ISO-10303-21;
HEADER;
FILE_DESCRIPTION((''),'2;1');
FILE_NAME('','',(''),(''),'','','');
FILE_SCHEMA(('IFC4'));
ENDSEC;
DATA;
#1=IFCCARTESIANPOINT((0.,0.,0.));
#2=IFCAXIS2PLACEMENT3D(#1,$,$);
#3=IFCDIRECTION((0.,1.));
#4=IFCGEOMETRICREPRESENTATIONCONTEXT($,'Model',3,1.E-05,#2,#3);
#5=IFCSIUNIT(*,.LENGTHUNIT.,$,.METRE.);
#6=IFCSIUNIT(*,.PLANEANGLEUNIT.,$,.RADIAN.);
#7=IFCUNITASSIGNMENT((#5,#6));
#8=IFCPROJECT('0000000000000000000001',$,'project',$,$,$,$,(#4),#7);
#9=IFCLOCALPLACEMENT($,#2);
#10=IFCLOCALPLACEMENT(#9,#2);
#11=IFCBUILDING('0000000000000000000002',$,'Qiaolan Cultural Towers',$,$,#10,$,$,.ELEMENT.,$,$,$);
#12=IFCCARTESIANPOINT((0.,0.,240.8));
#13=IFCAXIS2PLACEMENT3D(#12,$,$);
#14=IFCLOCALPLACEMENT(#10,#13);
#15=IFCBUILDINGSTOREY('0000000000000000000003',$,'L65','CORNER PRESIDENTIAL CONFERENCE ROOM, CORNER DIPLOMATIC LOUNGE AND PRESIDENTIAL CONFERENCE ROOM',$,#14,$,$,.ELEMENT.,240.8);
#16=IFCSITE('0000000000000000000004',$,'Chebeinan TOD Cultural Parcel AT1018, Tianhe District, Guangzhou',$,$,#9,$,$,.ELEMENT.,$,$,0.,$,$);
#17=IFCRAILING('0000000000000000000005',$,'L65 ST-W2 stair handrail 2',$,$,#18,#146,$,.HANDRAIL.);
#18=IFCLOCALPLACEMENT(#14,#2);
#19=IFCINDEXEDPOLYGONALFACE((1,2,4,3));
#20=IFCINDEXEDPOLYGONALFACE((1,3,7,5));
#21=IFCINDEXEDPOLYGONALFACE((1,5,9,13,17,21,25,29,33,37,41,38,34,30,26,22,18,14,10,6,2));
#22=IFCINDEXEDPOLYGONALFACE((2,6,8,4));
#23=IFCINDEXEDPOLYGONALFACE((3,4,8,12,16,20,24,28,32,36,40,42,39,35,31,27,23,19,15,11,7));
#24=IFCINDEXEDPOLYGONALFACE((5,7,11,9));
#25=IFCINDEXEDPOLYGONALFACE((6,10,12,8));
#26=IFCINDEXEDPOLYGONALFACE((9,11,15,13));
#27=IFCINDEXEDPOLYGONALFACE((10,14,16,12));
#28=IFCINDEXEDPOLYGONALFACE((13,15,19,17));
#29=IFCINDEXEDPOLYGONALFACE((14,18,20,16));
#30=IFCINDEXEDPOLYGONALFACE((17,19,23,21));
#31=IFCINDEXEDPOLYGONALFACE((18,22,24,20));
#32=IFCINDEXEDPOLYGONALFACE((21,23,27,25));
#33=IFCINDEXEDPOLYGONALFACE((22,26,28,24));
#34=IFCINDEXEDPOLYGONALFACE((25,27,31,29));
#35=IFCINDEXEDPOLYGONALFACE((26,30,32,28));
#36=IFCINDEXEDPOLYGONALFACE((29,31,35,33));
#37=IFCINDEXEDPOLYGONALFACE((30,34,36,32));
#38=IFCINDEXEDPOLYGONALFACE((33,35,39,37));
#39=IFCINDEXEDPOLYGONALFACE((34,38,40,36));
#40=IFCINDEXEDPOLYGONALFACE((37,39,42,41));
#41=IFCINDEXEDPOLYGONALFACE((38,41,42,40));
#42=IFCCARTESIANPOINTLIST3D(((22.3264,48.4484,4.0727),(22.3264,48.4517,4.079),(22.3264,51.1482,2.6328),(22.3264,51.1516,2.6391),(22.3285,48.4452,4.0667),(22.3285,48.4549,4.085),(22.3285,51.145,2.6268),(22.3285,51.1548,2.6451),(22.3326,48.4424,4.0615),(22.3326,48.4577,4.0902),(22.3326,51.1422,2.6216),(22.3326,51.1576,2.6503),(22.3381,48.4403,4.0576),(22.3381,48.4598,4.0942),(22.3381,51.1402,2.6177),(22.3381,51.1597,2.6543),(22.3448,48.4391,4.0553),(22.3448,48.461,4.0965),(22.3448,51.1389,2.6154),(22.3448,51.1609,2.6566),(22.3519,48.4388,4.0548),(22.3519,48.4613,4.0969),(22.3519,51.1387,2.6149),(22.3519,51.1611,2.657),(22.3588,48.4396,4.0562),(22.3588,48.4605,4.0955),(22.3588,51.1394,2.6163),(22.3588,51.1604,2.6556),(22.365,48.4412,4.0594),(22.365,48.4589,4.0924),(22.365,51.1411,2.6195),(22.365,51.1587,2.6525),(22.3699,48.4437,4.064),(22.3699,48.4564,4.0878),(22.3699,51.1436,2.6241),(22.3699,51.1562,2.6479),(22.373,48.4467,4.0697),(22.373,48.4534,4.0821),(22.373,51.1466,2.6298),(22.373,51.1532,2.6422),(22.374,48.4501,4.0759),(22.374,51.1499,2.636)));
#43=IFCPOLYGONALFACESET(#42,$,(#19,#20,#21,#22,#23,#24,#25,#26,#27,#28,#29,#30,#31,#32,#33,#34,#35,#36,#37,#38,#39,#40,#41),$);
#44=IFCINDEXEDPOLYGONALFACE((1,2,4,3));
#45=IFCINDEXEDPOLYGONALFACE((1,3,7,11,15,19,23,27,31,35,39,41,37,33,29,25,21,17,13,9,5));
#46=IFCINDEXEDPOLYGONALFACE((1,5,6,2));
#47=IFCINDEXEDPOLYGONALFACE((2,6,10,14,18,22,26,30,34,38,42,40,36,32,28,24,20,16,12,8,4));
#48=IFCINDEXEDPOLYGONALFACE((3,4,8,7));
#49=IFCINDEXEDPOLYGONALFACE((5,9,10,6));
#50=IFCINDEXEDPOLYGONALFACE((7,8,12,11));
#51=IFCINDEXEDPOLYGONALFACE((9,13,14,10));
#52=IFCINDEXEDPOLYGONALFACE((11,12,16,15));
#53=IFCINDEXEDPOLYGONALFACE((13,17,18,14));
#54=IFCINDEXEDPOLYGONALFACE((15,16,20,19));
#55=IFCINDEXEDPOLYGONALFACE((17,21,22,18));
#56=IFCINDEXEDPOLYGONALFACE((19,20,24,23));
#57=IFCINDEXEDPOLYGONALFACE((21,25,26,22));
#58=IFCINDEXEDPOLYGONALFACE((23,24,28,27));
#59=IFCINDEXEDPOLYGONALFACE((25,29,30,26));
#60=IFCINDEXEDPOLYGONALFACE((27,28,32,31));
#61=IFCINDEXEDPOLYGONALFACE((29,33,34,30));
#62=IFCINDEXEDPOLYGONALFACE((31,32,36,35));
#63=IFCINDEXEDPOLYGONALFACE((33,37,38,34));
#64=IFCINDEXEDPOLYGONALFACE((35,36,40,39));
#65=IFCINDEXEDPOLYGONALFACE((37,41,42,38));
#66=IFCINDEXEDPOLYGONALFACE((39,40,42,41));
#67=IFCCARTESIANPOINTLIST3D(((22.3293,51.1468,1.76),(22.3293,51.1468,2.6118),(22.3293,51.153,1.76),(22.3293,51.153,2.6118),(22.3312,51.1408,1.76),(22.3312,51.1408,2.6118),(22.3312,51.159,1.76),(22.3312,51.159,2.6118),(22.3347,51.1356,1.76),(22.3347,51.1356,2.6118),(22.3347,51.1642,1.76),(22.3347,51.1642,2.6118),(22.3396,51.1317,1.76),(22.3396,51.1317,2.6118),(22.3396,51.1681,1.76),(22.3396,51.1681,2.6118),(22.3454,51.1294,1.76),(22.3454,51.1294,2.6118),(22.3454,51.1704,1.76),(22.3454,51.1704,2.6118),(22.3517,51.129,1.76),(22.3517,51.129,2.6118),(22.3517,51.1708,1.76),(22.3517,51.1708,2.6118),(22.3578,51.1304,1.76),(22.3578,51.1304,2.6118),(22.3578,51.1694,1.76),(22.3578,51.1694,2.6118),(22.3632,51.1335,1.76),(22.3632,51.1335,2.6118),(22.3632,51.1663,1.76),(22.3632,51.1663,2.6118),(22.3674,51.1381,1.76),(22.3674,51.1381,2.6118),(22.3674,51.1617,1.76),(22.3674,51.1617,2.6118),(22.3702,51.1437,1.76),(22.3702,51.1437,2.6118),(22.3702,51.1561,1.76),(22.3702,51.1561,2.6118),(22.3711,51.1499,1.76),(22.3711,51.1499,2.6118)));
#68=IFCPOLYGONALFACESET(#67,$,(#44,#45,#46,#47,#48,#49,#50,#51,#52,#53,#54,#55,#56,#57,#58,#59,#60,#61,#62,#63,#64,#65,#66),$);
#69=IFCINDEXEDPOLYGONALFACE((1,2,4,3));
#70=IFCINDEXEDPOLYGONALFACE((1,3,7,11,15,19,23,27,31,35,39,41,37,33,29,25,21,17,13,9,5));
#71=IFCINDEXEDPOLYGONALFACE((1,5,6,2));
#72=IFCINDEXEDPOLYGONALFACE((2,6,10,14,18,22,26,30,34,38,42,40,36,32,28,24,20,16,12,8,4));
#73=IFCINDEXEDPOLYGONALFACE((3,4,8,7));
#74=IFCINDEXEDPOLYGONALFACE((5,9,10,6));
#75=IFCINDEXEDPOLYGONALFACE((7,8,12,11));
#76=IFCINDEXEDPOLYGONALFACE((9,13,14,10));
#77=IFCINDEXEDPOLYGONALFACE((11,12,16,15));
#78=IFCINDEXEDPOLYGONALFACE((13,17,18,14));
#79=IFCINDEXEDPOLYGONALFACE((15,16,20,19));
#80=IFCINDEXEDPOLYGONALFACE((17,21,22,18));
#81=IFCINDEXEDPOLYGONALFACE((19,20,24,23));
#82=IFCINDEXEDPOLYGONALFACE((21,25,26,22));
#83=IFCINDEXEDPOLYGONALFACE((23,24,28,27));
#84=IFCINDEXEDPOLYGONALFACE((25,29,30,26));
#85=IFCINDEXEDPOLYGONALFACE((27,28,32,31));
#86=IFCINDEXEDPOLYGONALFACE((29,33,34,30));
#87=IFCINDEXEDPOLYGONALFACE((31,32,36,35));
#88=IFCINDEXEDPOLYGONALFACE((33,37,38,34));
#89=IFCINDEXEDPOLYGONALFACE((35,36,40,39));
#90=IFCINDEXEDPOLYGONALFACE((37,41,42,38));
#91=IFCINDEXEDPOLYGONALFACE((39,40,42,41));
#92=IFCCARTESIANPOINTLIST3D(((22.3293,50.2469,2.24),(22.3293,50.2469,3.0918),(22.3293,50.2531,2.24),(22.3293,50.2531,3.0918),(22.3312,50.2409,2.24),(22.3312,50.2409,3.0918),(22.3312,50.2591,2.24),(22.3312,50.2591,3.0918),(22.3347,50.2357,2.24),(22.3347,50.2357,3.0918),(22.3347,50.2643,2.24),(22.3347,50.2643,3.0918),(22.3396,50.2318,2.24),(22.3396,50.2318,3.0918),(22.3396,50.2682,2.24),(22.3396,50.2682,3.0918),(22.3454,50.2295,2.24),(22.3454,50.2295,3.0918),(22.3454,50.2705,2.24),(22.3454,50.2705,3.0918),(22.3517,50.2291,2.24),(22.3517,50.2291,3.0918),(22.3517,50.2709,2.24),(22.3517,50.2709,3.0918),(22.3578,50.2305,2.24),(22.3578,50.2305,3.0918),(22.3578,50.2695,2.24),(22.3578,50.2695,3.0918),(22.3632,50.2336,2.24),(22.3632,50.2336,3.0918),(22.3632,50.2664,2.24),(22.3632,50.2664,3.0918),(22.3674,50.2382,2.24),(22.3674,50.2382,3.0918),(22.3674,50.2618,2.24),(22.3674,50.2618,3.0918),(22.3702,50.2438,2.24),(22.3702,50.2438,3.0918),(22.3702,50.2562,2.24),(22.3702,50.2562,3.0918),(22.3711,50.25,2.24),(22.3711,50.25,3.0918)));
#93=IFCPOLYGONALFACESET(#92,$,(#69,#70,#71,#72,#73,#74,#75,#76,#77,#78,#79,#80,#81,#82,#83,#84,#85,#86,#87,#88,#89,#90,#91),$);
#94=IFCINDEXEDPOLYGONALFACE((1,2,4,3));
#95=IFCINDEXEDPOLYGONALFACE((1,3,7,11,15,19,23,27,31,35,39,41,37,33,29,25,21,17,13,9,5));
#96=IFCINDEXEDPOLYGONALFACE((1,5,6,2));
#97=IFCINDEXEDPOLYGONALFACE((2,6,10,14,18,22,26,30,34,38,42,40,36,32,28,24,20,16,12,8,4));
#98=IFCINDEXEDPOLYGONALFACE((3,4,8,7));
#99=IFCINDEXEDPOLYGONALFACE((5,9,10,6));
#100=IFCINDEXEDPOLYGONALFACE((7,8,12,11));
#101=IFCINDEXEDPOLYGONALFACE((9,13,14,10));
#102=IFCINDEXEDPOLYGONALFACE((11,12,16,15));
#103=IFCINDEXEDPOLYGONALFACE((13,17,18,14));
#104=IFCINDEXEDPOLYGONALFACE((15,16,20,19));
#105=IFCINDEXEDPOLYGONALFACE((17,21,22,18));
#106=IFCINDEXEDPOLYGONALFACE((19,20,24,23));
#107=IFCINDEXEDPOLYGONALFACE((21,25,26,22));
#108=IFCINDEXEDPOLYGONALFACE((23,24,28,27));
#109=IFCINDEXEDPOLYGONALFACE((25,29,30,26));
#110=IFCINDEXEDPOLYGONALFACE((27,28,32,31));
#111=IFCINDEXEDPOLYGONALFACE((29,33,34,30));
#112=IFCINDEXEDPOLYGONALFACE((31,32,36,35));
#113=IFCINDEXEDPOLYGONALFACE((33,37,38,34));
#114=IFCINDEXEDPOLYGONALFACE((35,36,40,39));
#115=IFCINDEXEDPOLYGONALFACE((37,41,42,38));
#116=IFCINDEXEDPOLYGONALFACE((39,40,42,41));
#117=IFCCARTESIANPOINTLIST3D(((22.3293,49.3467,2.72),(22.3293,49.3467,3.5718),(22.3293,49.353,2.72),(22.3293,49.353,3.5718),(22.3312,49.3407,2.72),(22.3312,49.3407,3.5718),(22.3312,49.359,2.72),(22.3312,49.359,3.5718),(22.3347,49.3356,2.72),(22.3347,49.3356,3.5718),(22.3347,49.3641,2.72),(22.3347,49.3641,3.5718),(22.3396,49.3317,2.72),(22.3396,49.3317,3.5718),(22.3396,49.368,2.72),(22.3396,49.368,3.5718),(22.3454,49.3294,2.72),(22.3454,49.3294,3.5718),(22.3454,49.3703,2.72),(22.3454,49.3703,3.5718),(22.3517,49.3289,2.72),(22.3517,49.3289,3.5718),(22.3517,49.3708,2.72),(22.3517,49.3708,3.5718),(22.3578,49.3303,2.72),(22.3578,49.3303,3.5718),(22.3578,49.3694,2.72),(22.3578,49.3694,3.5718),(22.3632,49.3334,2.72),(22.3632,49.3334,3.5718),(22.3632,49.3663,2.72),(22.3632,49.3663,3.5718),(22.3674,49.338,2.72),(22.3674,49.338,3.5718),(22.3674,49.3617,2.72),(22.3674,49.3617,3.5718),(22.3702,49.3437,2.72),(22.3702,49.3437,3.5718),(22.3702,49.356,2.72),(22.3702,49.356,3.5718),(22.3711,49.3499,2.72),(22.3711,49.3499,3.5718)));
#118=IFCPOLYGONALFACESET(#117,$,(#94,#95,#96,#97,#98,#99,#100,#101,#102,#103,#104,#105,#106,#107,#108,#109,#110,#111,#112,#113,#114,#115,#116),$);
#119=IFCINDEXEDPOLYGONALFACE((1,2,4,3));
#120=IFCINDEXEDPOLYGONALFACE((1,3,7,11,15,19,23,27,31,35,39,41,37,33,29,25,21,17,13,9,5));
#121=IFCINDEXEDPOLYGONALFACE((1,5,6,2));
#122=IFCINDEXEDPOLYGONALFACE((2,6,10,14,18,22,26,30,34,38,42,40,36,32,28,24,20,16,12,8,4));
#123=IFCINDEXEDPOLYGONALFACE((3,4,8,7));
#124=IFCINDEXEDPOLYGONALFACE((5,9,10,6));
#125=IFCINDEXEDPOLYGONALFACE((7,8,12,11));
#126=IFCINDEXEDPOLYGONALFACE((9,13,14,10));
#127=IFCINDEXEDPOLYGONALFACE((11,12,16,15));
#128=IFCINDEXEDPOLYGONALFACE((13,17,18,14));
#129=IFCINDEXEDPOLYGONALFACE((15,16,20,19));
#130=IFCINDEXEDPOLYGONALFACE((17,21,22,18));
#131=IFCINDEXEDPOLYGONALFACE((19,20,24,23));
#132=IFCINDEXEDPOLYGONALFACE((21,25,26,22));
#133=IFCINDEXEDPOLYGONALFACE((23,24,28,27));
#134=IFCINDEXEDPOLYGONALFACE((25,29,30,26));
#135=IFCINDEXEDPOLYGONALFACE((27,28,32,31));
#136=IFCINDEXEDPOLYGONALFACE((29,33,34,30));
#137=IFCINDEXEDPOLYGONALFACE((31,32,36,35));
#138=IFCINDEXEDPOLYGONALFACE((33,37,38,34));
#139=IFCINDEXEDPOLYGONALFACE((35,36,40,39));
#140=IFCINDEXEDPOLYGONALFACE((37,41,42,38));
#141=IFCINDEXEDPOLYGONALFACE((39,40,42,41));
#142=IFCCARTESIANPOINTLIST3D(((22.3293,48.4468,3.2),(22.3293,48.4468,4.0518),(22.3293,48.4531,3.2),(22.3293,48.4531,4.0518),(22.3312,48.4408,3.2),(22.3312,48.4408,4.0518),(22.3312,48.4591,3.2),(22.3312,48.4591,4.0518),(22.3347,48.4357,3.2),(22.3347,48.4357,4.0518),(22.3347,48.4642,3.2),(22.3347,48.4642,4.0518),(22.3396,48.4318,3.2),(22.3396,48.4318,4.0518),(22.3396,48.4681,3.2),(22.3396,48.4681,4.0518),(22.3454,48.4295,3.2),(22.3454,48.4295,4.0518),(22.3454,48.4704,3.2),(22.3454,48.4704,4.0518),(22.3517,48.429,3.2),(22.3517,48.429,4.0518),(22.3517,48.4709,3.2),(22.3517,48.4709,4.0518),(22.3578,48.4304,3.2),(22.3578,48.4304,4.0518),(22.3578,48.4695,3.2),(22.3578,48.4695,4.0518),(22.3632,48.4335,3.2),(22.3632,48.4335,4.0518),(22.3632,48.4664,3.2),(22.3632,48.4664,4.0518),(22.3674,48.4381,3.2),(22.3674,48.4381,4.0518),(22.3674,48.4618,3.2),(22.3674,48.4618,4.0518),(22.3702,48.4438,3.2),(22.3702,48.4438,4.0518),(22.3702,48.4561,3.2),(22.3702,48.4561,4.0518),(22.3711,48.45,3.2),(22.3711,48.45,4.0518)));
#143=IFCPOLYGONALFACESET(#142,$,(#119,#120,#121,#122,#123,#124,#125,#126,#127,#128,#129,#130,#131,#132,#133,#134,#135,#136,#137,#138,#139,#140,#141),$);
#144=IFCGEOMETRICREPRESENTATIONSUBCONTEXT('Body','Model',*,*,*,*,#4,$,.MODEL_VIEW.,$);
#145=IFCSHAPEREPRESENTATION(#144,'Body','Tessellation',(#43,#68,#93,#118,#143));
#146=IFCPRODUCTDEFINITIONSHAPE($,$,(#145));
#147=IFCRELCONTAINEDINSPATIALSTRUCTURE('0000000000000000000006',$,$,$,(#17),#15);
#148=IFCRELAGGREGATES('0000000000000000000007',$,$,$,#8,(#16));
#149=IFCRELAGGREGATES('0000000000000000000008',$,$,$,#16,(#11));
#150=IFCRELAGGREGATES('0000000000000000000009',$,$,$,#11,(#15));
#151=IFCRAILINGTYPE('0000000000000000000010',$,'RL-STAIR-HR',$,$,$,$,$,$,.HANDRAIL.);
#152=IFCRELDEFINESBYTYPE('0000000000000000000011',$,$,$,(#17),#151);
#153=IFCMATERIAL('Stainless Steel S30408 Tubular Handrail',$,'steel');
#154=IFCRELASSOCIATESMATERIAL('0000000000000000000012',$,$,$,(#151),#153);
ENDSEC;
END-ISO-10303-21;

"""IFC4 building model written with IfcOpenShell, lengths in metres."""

from ifc_helpers import new_model, si_unit, direction, frame, origin, origin_2d, place, context, subcontext, project, spatial, circle, extrude, material, type_object, element, save


model = new_model("IFC4")

# Units and contexts
model_context = context("Model", 3, precision=1e-05, world=origin(), true_north=direction((0.0, 1.0)))
body_context = subcontext(model_context, "Body", "Model", "MODEL_VIEW")
ifc_project = project(units=[si_unit("LENGTHUNIT", "METRE"), si_unit("PLANEANGLEUNIT", "RADIAN")], contexts=[model_context])

# Site, building, storey
site_placement = place(None, origin())
site = spatial("IfcSite", under=ifc_project, at=site_placement, Name="Chebeinan TOD Cultural Parcel AT1018, Tianhe District, Guangzhou", CompositionType="ELEMENT", RefElevation=0.0)
building_placement = place(site_placement, origin())
building = spatial("IfcBuilding", under=site, at=building_placement, Name="Qiaolan Cultural Towers", CompositionType="ELEMENT")
storey_placement = place(building_placement, frame((0.0, 0.0, 240.8)))
storey = spatial("IfcBuildingStorey", under=building, at=storey_placement, Name="L65", Description="CORNER PRESIDENTIAL CONFERENCE ROOM, CORNER DIPLOMATIC LOUNGE AND PRESIDENTIAL CONFERENCE ROOM", CompositionType="ELEMENT", Elevation=240.8)

# Railing
ifc_material_1 = material(Name="Stainless Steel S30408 Tubular Handrail", Category="steel")
railing_type_1 = type_object("IfcRailingType", Name="RL-STAIR-HR", PredefinedType="HANDRAIL", material=ifc_material_1)
railing_1_placement = place(storey_placement, frame((22.3501, 51.1499, 1.76)))
element("IfcRailing", 1, at=railing_1_placement, inside=storey, type_object=railing_type_1, Name="L65 ST-W2 stair handrail 2", PredefinedType="HANDRAIL", context=body_context, shape_type="SweptSolid", body=[
    extrude(circle(Radius=0.0239, at=origin_2d()), frame((0.0, 0.0, 0.876), z_axis=(0.0, -0.882357, 0.47058), x_axis=(1.0, 0.0, 0.0)), (0.0, 0.0, 1.0), 3.0598),
    extrude(circle(Radius=0.021, at=origin_2d()), origin(), (0.0, 0.0, 1.0), 0.8518),
    extrude(circle(Radius=0.021, at=origin_2d()), frame((0.0, -0.8999, 0.48)), (0.0, 0.0, 1.0), 0.8518),
    extrude(circle(Radius=0.021, at=origin_2d()), frame((0.0, -1.8, 0.96)), (0.0, 0.0, 1.0), 0.8518),
    extrude(circle(Radius=0.021, at=origin_2d()), frame((0.0, -2.7, 1.4399)), (0.0, 0.0, 1.0), 0.8518),
])

save(model, "model.ifc")
